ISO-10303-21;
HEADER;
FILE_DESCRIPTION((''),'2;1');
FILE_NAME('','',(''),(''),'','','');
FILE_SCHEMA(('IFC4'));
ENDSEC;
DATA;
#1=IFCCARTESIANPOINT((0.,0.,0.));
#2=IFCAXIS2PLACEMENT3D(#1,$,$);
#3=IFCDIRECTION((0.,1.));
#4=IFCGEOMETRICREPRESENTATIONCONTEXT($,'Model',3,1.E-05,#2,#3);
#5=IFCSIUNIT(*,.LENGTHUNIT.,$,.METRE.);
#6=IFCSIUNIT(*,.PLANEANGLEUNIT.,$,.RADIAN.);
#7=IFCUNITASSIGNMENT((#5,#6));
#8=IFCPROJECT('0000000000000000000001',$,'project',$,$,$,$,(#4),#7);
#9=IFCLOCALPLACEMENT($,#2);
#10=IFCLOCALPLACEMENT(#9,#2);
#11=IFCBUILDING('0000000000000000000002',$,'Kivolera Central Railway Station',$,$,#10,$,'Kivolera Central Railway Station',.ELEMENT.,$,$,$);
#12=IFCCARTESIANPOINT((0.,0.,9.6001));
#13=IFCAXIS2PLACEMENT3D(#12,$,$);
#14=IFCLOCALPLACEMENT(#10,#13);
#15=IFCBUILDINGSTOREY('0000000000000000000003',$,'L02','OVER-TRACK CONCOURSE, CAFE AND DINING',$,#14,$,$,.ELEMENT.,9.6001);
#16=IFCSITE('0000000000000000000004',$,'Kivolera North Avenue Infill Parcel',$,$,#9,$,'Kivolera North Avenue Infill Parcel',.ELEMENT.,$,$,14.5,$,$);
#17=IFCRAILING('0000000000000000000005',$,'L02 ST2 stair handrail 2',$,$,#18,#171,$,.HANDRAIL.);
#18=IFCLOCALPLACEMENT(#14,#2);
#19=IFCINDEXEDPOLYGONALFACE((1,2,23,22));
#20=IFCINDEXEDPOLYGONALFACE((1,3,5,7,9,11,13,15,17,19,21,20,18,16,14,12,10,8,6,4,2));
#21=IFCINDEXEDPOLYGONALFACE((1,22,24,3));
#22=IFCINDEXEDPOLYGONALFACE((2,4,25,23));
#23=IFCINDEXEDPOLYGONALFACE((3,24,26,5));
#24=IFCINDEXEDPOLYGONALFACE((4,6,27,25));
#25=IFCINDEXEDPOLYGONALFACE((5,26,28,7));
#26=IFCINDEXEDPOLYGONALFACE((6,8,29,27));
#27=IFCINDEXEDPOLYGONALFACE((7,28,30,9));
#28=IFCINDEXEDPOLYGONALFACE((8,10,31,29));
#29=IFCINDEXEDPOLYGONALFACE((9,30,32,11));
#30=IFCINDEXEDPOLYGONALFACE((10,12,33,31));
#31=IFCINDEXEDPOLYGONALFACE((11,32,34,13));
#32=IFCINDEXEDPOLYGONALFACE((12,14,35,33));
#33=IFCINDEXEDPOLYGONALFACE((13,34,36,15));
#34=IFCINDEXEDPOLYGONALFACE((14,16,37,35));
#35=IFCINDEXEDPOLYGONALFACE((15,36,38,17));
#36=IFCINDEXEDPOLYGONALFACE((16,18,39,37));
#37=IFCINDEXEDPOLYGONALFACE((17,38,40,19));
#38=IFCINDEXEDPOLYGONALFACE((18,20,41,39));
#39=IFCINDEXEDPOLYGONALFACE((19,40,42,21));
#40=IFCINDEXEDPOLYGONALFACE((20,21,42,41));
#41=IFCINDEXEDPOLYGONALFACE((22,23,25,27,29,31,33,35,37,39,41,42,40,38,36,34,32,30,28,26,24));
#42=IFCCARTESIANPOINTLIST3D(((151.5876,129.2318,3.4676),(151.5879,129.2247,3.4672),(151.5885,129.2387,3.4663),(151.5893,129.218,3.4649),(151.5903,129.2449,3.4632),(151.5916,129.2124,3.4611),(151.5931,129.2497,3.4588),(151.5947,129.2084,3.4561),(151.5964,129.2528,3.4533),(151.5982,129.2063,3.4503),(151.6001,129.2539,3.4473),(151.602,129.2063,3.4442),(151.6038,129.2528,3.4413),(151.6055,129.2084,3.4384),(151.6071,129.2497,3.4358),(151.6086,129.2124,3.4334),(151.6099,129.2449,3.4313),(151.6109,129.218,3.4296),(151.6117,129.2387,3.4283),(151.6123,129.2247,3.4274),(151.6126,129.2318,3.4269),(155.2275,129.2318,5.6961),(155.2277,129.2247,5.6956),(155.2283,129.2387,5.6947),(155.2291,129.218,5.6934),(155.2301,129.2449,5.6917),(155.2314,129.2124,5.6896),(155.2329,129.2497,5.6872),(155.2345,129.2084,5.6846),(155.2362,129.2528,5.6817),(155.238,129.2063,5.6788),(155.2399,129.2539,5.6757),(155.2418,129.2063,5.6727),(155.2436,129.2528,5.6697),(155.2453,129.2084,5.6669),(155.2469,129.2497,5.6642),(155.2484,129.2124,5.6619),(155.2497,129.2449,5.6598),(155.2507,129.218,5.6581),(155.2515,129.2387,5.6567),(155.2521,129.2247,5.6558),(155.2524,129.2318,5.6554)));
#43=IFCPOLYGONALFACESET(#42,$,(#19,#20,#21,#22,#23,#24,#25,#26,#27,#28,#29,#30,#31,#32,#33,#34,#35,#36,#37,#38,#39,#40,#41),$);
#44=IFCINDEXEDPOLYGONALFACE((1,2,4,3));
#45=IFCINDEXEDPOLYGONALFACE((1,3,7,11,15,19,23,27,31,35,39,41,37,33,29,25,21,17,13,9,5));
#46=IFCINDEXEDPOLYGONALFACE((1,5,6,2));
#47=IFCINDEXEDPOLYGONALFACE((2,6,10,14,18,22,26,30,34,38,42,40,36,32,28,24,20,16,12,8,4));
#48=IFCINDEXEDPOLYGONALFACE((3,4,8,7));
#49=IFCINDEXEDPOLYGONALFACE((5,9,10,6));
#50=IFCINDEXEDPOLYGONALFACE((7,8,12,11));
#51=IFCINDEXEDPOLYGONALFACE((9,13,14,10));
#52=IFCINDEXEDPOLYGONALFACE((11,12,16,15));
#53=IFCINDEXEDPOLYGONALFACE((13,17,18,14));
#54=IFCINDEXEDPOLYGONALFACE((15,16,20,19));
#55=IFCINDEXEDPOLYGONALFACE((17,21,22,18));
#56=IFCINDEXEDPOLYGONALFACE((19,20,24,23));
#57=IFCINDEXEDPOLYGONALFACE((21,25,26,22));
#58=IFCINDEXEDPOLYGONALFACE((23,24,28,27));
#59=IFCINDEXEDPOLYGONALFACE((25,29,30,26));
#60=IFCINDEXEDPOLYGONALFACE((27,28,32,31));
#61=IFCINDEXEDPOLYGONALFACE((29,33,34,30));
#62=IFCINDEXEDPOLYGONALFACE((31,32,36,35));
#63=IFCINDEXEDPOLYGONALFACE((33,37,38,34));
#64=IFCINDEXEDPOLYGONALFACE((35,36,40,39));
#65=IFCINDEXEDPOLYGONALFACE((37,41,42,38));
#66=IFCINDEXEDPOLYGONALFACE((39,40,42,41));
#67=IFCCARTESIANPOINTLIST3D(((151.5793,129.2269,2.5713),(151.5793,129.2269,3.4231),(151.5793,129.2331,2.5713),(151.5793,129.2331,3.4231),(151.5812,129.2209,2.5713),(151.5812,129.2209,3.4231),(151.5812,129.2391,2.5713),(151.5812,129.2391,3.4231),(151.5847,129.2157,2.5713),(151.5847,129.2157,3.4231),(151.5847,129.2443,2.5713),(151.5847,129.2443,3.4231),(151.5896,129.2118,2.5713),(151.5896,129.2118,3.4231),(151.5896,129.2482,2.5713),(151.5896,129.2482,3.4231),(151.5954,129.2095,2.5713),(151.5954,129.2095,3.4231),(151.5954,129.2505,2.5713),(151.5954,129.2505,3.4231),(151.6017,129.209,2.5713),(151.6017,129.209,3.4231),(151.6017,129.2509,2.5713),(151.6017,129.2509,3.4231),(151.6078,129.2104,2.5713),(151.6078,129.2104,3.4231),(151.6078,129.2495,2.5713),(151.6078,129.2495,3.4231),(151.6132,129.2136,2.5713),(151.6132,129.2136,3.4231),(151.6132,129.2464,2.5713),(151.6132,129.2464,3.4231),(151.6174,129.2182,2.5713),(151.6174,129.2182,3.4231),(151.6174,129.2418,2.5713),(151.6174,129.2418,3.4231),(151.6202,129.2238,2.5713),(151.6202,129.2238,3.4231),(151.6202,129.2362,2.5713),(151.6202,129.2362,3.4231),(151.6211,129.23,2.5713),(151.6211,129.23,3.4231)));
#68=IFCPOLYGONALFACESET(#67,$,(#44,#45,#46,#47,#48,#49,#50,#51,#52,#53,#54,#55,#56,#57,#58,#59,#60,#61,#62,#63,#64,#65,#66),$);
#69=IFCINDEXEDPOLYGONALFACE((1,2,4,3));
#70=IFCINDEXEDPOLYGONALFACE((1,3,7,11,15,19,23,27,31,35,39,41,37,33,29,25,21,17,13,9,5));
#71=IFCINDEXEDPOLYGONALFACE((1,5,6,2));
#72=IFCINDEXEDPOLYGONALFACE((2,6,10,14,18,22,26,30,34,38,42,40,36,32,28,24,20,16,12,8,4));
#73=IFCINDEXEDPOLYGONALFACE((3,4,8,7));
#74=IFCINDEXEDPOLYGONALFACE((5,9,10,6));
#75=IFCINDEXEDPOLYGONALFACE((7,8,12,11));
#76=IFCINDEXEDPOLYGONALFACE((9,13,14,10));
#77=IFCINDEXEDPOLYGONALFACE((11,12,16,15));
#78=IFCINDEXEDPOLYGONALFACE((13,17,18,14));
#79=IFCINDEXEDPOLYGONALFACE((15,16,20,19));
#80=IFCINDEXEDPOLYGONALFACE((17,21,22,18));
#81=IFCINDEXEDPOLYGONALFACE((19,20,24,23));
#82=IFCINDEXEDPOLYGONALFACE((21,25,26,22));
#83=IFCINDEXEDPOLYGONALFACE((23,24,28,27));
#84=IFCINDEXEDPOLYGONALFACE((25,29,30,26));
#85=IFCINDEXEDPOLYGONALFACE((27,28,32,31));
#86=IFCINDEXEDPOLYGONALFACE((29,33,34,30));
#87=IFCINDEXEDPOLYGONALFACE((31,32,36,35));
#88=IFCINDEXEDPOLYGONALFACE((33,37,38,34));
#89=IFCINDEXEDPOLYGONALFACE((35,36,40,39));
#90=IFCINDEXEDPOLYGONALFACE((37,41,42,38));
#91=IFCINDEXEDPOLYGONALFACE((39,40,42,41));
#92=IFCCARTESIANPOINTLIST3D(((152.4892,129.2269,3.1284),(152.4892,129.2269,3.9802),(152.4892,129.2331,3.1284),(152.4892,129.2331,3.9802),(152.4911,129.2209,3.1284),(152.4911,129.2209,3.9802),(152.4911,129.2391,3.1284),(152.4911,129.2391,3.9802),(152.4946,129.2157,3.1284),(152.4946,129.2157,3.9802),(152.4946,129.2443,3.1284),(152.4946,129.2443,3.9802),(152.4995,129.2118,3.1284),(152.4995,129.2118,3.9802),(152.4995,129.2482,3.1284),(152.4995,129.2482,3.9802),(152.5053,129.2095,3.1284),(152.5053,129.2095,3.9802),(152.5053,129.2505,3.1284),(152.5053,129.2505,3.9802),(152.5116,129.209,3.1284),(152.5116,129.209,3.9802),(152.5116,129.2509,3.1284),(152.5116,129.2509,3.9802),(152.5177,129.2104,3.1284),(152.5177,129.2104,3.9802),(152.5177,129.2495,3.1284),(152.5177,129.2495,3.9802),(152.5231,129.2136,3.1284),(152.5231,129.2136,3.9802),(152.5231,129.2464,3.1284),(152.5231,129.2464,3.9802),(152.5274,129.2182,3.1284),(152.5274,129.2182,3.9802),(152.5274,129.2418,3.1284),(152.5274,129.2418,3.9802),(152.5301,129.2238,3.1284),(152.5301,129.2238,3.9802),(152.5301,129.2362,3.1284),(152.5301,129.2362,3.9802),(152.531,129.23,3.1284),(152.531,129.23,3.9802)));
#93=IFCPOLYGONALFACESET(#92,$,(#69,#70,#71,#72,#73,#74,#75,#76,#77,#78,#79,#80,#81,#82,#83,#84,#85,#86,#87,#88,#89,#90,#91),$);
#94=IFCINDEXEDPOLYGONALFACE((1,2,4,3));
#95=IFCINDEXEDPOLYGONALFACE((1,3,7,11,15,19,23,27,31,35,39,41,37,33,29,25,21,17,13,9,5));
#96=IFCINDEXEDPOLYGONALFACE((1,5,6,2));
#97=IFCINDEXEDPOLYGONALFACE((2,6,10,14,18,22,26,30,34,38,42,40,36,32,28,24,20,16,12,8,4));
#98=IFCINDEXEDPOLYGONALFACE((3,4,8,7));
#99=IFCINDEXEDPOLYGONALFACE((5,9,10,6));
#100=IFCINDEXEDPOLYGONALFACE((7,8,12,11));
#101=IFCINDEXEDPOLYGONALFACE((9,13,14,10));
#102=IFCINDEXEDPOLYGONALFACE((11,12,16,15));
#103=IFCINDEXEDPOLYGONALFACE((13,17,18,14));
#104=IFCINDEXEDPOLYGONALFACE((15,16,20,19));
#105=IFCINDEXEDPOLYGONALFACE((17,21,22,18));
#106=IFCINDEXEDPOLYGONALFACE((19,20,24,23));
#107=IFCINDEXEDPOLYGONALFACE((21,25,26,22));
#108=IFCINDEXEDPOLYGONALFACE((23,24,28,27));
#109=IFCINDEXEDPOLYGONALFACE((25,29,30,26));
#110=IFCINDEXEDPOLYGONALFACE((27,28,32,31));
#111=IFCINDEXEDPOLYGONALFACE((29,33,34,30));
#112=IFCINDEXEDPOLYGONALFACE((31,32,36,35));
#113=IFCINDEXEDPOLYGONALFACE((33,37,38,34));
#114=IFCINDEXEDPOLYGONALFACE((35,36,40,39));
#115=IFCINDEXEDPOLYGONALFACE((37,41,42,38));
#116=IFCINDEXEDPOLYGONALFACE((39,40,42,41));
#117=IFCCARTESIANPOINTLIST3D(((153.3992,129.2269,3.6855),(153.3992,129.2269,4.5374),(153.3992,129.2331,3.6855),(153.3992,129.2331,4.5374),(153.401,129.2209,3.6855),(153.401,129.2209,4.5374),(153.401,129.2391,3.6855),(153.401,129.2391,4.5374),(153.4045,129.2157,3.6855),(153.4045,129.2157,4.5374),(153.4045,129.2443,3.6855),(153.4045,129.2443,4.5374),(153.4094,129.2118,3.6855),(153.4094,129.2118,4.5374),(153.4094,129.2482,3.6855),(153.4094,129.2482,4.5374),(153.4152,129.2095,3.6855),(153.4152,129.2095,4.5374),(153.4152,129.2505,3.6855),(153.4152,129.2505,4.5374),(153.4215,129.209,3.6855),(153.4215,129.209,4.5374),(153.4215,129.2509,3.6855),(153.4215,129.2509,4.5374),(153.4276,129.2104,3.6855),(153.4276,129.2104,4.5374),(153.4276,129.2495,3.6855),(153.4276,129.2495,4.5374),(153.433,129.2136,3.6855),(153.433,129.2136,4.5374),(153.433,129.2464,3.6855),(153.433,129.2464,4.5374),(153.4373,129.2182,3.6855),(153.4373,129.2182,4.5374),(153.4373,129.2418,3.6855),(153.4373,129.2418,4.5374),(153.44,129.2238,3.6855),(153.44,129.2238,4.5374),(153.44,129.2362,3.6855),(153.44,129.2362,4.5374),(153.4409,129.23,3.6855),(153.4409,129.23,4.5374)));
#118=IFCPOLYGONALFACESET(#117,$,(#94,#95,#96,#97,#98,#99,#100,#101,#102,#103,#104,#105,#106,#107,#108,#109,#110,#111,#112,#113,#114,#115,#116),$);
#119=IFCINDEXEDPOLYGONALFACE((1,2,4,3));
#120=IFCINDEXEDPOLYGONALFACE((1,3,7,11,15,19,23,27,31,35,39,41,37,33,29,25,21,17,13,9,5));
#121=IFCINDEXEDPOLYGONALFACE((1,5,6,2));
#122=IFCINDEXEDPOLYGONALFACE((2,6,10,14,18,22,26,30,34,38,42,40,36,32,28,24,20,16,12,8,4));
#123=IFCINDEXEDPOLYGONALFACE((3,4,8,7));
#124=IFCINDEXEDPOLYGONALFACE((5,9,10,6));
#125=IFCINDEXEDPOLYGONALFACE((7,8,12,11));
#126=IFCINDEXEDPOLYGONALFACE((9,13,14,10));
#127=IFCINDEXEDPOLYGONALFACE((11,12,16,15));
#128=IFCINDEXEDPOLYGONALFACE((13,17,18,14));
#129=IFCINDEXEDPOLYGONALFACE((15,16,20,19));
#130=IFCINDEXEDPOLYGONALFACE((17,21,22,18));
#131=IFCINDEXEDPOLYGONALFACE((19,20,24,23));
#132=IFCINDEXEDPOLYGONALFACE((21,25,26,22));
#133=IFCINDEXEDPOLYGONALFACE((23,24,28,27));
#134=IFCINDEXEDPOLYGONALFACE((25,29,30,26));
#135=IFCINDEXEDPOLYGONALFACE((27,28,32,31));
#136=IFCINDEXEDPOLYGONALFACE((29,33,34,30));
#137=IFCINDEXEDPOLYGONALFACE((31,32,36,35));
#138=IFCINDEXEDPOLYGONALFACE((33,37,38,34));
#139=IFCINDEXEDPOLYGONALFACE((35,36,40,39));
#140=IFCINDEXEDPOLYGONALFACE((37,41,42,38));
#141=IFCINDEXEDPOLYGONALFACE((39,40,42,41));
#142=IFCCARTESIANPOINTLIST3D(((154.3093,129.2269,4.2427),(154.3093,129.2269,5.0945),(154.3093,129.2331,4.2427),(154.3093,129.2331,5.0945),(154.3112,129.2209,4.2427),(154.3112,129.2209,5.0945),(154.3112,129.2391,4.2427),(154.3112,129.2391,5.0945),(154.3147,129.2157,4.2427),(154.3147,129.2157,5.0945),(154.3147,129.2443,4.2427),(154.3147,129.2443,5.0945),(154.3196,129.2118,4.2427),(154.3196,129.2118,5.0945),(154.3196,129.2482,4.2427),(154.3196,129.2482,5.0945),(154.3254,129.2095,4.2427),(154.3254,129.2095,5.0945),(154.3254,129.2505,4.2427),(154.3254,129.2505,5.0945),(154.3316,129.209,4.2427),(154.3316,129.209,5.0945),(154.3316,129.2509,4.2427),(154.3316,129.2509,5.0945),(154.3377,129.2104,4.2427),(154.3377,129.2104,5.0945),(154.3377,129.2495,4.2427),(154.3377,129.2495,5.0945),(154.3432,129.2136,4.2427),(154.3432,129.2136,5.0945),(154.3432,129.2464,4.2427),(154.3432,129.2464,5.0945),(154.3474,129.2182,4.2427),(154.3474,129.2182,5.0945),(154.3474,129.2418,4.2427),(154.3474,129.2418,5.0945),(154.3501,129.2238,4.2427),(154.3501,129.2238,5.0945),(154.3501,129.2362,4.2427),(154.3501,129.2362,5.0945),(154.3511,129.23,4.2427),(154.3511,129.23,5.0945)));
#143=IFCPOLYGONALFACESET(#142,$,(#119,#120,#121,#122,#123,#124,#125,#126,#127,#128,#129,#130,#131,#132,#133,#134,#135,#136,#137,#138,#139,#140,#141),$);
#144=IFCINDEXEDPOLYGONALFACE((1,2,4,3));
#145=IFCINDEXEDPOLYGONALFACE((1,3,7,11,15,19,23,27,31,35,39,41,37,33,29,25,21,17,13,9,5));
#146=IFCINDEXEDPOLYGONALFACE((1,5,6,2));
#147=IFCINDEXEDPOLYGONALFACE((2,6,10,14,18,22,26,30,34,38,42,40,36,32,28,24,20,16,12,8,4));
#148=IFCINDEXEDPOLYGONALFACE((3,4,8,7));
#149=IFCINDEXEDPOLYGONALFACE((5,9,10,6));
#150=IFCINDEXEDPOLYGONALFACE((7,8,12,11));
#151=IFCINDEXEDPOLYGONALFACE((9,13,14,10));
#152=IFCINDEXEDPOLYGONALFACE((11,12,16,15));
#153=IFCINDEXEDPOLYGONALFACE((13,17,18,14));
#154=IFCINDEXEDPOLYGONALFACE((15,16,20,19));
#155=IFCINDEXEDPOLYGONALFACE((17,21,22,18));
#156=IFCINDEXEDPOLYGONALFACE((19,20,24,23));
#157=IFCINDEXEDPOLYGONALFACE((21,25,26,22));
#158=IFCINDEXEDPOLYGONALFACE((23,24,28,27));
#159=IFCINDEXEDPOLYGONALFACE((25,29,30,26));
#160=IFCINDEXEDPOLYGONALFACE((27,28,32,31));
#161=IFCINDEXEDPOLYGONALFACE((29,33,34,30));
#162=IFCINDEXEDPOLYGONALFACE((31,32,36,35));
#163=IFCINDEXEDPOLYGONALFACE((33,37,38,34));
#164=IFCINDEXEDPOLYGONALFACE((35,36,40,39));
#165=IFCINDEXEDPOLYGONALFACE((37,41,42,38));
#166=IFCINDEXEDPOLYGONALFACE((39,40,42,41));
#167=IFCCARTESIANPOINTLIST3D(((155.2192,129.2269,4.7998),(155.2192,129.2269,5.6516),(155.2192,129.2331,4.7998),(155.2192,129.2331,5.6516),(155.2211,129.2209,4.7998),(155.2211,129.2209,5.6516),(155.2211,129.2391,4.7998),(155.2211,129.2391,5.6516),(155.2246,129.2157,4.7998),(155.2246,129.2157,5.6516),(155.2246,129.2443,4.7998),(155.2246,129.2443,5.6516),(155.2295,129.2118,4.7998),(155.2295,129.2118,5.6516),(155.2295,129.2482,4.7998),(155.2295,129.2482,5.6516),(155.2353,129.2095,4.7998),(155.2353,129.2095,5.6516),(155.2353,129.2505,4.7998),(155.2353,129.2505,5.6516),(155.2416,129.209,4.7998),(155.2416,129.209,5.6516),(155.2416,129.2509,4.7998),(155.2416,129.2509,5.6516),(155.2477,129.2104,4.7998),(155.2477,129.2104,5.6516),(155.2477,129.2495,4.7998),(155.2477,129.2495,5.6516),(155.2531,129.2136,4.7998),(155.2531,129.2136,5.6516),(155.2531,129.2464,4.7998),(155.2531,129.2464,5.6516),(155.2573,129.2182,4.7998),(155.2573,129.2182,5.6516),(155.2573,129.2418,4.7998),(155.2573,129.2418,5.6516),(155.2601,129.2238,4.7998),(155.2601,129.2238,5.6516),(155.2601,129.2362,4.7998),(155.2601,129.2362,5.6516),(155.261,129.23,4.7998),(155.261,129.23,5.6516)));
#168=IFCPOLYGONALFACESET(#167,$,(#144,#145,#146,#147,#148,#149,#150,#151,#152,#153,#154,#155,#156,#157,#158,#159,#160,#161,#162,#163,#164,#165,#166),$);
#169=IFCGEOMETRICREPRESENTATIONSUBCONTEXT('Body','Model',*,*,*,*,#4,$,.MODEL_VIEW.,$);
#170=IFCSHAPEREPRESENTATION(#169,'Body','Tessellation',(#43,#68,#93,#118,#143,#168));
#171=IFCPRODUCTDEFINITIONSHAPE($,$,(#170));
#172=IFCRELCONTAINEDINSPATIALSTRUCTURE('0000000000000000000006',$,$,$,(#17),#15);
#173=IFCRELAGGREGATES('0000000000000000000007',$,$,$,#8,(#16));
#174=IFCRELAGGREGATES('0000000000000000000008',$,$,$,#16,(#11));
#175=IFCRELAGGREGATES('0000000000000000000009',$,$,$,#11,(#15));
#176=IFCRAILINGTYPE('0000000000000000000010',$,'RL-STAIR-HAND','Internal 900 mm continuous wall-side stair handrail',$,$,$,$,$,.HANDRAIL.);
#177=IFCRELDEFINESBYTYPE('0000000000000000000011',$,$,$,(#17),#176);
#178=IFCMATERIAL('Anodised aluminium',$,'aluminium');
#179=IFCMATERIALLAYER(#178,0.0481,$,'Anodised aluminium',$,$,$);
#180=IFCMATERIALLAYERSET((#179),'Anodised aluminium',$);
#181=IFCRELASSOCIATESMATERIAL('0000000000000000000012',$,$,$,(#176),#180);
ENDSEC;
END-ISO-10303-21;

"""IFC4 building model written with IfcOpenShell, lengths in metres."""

from ifc_helpers import new_model, si_unit, direction, frame, origin, origin_2d, place, context, subcontext, project, spatial, circle, extrude, material, layer, layer_set, type_object, element, save


model = new_model("IFC4")

# Units and contexts
model_context = context("Model", 3, precision=1e-05, world=origin(), true_north=direction((0.0, 1.0)))
body_context = subcontext(model_context, "Body", "Model", "MODEL_VIEW")
ifc_project = project(units=[si_unit("LENGTHUNIT", "METRE"), si_unit("PLANEANGLEUNIT", "RADIAN")], contexts=[model_context])

# Site, building, storey
site_placement = place(None, origin())
site = spatial("IfcSite", under=ifc_project, at=site_placement, Name="Kivolera North Avenue Infill Parcel", LongName="Kivolera North Avenue Infill Parcel", CompositionType="ELEMENT", RefElevation=14.5)
building_placement = place(site_placement, origin())
building = spatial("IfcBuilding", under=site, at=building_placement, Name="Kivolera Central Railway Station", LongName="Kivolera Central Railway Station", CompositionType="ELEMENT")
storey_placement = place(building_placement, frame((0.0, 0.0, 9.6001)))
storey = spatial("IfcBuildingStorey", under=building, at=storey_placement, Name="L02", Description="OVER-TRACK CONCOURSE, CAFE AND DINING", CompositionType="ELEMENT", Elevation=9.6001)

# Shared definitions
ifc_material_1 = material(Name="Anodised aluminium", Category="aluminium")

# Railing
ifc_layer_1 = layer(ifc_material_1, 0.0481, Name="Anodised aluminium")
ifc_layer_set_1 = layer_set([ifc_layer_1], Name="Anodised aluminium")
railing_type_1 = type_object("IfcRailingType", Name="RL-STAIR-HAND", Description="Internal 900 mm continuous wall-side stair handrail", PredefinedType="HANDRAIL", material=ifc_layer_set_1)
railing_1_placement = place(storey_placement, frame((151.6001, 129.23, 2.5713)))
element("IfcRailing", 1, at=railing_1_placement, inside=storey, type_object=railing_type_1, Name="L02 ST2 stair handrail 2", PredefinedType="HANDRAIL", context=body_context, shape_type="SweptSolid", body=[
    extrude(circle(Radius=0.0239, at=origin_2d()), frame((0.0, 0.0, 0.876), z_axis=(0.85285, 0.0, 0.522156), x_axis=(0.0, 1.0, 0.0)), (0.0, 0.0, 1.0), 4.2678),
    extrude(circle(Radius=0.021, at=origin_2d()), origin(), (0.0, 0.0, 1.0), 0.8518),
    extrude(circle(Radius=0.021, at=origin_2d()), frame((0.9099, 0.0, 0.5571)), (0.0, 0.0, 1.0), 0.8518),
    extrude(circle(Radius=0.021, at=origin_2d()), frame((1.8198, 0.0, 1.1143)), (0.0, 0.0, 1.0), 0.8518),
    extrude(circle(Radius=0.021, at=origin_2d()), frame((2.73, 0.0, 1.6714)), (0.0, 0.0, 1.0), 0.8518),
    extrude(circle(Radius=0.021, at=origin_2d()), frame((3.6399, 0.0, 2.2285)), (0.0, 0.0, 1.0), 0.8518),
])

save(model, "model.ifc")
